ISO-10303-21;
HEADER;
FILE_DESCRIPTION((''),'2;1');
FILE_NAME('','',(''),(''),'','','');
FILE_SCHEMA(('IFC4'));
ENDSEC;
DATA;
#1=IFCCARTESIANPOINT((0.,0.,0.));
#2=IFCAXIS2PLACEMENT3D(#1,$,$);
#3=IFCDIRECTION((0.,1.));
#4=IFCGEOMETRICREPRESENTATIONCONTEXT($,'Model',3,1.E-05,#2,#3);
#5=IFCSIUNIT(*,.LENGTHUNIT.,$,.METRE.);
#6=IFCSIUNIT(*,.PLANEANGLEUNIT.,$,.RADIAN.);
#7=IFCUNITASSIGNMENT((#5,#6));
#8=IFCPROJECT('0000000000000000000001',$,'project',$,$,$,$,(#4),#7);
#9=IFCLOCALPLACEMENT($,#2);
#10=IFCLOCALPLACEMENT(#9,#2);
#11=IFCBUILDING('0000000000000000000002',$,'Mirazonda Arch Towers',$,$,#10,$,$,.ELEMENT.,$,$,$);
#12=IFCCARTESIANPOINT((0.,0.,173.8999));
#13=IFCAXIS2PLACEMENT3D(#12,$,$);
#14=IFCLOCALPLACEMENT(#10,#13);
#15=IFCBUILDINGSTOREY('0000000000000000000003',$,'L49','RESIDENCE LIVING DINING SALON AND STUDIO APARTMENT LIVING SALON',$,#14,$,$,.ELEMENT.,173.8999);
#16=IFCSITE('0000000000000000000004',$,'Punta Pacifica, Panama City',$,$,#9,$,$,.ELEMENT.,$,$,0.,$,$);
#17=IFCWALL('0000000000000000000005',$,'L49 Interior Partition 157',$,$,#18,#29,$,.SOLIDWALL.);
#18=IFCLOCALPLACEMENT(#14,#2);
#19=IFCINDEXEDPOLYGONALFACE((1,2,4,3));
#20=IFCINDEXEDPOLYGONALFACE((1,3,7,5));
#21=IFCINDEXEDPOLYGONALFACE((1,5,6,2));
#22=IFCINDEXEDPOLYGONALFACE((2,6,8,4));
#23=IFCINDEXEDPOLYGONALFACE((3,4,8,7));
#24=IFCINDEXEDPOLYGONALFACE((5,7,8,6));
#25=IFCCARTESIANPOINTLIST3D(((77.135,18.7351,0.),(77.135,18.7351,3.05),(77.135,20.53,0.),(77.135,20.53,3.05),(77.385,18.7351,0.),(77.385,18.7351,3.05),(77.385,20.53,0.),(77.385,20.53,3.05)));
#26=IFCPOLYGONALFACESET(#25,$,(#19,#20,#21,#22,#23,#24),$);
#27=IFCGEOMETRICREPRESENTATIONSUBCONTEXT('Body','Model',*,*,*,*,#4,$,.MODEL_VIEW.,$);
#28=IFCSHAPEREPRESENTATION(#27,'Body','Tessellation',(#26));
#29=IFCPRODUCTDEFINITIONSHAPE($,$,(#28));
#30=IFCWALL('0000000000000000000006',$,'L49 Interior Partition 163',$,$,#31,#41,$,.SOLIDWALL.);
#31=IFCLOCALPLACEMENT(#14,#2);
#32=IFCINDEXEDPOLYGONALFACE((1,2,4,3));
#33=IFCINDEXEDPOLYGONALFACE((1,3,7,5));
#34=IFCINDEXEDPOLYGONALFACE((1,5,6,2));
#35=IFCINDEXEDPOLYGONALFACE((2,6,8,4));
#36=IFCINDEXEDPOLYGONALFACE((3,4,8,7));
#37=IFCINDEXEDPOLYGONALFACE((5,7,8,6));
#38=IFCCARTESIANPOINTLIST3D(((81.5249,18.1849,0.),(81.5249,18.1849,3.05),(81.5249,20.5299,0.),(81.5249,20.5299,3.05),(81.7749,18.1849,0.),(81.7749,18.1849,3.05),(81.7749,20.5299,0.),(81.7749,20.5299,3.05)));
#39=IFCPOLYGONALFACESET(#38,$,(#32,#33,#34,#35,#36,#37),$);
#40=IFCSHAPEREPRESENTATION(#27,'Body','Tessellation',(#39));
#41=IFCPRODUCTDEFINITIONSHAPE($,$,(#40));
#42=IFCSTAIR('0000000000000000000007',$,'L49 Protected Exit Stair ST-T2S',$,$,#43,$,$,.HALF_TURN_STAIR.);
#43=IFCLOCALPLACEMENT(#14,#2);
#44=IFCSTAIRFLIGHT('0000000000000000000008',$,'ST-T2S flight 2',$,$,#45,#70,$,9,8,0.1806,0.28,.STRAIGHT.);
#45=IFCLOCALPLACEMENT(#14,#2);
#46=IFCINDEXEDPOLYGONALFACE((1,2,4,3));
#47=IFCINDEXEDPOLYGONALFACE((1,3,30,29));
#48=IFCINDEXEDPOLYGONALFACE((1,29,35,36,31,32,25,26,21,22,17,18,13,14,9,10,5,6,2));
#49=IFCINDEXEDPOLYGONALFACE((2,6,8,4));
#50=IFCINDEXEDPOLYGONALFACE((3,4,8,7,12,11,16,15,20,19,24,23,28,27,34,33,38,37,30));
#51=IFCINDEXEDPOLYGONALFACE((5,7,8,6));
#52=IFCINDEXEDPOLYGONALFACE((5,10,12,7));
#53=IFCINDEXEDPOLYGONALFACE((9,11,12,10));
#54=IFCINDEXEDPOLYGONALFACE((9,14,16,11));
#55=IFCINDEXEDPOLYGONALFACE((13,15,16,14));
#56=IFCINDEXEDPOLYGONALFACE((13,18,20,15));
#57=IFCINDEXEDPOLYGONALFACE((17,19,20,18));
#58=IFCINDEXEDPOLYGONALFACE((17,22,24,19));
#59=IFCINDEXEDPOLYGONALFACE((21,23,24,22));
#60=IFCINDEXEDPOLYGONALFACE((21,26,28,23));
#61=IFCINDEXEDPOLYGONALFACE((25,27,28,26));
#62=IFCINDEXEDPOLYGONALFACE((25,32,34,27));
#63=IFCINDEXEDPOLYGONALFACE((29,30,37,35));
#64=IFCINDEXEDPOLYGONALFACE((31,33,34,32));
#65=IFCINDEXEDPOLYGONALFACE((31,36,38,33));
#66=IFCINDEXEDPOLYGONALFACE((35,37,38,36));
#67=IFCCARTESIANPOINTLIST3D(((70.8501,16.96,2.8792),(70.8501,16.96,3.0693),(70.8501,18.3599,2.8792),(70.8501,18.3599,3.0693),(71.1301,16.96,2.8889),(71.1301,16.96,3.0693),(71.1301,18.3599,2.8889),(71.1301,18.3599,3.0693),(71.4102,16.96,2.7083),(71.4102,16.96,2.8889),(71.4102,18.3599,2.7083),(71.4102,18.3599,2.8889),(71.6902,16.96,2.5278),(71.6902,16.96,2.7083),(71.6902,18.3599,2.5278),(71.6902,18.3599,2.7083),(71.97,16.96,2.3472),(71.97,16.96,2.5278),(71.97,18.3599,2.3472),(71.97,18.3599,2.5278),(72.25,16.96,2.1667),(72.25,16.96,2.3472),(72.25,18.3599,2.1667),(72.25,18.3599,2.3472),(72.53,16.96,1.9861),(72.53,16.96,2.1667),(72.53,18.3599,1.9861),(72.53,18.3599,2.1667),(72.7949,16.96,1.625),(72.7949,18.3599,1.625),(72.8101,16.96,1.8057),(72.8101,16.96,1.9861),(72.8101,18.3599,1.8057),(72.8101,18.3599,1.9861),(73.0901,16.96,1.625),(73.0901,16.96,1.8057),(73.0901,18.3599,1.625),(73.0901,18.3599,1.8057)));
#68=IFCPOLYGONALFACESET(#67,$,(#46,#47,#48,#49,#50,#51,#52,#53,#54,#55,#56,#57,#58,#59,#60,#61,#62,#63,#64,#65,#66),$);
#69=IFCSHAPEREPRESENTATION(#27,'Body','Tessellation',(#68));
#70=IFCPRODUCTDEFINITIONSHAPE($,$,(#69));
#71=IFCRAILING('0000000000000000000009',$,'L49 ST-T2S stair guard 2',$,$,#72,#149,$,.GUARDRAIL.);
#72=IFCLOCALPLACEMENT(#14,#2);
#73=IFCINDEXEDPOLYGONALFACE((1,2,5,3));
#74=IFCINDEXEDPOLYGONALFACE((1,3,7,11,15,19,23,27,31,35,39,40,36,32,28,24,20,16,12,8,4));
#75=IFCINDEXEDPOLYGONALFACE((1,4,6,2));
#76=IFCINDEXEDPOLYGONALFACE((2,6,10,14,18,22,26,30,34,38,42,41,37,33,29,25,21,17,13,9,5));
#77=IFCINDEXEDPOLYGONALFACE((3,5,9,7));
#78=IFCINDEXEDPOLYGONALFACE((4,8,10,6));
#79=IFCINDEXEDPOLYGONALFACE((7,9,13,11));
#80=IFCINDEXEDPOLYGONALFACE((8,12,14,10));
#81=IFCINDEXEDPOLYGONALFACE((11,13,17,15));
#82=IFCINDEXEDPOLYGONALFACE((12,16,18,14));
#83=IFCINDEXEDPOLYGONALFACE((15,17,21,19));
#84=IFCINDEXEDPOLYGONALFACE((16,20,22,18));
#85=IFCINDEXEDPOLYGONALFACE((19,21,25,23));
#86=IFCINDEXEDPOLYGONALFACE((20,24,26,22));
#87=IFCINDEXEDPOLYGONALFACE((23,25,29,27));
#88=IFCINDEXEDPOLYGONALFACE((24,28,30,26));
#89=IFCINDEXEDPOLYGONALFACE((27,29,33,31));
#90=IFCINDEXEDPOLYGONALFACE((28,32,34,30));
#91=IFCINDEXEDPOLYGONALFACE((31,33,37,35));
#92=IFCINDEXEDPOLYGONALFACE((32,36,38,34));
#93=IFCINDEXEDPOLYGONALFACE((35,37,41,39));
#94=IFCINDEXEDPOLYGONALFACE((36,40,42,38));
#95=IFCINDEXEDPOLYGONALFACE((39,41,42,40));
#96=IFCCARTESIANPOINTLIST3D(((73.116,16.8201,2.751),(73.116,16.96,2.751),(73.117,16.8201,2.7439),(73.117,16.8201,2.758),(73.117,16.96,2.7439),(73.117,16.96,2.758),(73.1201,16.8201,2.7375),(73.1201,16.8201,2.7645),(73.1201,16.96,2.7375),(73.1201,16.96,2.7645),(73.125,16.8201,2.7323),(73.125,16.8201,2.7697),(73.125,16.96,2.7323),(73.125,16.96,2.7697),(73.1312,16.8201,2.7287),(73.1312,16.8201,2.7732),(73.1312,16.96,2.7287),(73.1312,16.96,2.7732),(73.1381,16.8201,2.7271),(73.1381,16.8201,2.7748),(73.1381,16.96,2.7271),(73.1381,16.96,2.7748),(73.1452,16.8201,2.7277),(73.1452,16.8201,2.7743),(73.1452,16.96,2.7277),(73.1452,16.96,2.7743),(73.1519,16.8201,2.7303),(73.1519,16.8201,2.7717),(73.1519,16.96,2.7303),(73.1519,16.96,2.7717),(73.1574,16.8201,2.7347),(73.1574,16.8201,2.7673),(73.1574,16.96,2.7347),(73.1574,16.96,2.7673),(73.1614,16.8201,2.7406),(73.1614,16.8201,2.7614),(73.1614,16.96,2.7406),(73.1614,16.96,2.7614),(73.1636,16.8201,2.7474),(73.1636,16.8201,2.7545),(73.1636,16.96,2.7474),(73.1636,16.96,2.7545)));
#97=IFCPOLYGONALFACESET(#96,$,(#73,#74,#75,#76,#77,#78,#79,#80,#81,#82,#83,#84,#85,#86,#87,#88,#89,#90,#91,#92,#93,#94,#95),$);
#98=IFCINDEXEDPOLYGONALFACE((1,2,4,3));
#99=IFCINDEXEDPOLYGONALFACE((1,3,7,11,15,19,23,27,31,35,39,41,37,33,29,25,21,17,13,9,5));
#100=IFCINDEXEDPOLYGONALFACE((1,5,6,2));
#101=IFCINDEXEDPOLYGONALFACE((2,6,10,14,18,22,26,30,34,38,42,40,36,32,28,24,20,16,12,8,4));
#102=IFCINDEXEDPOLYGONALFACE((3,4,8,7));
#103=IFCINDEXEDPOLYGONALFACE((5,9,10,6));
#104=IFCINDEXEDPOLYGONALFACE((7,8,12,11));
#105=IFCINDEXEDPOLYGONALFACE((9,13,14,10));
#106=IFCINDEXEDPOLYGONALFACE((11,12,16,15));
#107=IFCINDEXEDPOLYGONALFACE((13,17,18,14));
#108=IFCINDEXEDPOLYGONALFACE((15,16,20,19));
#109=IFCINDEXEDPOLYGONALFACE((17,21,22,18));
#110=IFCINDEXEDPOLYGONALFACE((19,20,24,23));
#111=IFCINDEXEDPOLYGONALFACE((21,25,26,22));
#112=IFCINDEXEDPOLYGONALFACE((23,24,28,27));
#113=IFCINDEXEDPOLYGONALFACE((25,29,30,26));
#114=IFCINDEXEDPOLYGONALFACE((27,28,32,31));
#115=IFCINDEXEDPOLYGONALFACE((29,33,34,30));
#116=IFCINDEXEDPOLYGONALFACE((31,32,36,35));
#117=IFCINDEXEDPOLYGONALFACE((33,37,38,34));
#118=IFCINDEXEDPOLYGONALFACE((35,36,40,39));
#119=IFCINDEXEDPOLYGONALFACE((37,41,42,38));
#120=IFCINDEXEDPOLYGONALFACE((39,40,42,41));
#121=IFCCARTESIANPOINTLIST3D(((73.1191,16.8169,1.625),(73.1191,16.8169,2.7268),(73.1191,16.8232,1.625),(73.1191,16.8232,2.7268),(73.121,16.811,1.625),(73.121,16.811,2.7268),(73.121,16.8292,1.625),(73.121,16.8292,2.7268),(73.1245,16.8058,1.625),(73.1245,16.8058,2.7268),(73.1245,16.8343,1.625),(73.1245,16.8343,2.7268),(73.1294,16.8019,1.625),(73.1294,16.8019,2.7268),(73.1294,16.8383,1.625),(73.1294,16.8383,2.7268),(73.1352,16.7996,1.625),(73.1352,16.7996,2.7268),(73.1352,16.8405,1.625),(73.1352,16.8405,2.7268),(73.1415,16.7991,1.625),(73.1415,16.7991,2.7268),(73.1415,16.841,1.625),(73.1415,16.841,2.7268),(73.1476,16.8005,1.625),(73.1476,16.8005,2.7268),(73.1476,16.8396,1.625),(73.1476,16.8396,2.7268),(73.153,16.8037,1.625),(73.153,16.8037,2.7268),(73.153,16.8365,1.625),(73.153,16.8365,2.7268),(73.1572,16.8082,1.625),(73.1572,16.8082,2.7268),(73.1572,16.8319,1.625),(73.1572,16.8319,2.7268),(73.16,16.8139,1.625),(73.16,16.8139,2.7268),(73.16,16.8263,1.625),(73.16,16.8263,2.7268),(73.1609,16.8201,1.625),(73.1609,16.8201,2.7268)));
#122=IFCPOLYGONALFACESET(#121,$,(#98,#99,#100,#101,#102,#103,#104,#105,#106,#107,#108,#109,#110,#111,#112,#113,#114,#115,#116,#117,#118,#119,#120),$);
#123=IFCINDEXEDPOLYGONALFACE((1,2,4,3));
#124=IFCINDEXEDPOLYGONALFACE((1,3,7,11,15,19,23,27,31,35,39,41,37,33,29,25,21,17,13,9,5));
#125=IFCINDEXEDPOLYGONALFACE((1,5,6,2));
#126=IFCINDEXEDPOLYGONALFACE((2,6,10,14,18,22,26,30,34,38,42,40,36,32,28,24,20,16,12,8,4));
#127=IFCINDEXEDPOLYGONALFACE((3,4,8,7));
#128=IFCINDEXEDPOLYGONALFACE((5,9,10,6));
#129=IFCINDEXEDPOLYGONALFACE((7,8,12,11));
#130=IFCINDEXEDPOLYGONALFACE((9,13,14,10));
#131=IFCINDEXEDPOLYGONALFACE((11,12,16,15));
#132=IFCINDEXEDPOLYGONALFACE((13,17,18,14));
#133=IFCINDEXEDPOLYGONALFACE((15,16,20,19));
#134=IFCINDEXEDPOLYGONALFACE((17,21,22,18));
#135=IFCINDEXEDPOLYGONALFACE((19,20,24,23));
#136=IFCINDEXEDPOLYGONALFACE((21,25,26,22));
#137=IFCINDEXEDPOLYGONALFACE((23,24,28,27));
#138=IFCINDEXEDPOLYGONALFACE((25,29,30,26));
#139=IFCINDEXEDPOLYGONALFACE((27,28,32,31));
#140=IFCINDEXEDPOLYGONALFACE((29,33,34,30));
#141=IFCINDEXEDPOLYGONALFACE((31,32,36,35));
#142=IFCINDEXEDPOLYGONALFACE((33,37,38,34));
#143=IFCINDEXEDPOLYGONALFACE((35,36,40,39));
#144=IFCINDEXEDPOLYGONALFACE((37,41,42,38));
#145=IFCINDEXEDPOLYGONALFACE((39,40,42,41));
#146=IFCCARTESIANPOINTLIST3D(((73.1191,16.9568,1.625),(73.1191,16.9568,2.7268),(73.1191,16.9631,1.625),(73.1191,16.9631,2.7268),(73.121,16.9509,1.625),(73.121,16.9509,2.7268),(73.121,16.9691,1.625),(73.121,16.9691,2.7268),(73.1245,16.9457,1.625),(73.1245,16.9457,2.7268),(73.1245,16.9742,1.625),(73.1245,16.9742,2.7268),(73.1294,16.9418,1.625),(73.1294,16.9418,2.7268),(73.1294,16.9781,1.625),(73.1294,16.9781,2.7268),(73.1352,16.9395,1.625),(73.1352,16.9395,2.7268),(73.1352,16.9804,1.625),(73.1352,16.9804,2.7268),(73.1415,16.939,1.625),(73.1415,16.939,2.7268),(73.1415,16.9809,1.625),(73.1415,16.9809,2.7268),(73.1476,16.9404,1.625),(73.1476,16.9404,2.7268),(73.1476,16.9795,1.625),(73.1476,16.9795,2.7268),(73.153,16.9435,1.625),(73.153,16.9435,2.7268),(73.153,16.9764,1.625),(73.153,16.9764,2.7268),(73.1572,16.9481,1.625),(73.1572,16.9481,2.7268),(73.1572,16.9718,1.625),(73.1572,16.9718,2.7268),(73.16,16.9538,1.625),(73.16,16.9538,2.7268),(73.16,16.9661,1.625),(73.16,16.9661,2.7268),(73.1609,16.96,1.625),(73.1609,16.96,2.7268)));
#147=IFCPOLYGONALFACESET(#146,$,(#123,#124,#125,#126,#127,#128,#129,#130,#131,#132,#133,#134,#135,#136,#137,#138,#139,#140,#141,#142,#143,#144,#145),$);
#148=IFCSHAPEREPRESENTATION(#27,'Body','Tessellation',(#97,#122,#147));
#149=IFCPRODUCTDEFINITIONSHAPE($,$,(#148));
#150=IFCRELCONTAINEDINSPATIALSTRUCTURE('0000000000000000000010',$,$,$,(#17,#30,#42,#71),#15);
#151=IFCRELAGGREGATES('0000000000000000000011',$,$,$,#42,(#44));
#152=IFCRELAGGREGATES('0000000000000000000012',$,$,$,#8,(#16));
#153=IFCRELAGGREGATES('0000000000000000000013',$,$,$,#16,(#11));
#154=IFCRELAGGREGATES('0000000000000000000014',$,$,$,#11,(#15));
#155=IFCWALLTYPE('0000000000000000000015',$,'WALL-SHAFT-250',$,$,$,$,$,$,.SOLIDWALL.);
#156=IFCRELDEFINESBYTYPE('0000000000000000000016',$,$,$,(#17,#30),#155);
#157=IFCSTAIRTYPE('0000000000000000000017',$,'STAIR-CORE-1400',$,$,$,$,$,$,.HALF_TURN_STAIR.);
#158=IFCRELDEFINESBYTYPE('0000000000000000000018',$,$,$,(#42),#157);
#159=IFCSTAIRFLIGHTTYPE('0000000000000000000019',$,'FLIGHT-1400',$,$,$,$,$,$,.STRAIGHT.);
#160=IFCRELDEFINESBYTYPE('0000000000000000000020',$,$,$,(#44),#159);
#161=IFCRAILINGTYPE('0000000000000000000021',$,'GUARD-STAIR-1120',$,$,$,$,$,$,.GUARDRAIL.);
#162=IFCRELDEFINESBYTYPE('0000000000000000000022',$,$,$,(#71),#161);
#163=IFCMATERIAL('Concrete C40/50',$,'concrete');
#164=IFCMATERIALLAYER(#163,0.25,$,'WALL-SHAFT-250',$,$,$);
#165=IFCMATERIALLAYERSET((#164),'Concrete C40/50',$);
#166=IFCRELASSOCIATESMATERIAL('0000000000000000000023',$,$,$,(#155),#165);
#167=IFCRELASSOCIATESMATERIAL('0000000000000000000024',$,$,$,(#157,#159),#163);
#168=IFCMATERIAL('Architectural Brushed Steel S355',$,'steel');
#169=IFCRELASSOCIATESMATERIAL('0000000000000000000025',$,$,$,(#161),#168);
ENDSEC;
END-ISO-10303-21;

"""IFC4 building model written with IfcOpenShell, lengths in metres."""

from ifc_helpers import new_model, si_unit, direction, frame, frame_2d, origin, origin_2d, place, context, subcontext, project, spatial, polyline, rectangle, circle, outline, extrude, material, layer, layer_set, type_object, element, aggregate, save


model = new_model("IFC4")

# Units and contexts
model_context = context("Model", 3, precision=1e-05, world=origin(), true_north=direction((0.0, 1.0)))
body_context = subcontext(model_context, "Body", "Model", "MODEL_VIEW")
ifc_project = project(units=[si_unit("LENGTHUNIT", "METRE"), si_unit("PLANEANGLEUNIT", "RADIAN")], contexts=[model_context])

# Site, building, storey
site_placement = place(None, origin())
site = spatial("IfcSite", under=ifc_project, at=site_placement, Name="Punta Pacifica, Panama City", CompositionType="ELEMENT", RefElevation=0.0)
building_placement = place(site_placement, origin())
building = spatial("IfcBuilding", under=site, at=building_placement, Name="Mirazonda Arch Towers", CompositionType="ELEMENT")
storey_placement = place(building_placement, frame((0.0, 0.0, 173.8999)))
storey = spatial("IfcBuildingStorey", under=building, at=storey_placement, Name="L49", Description="RESIDENCE LIVING DINING SALON AND STUDIO APARTMENT LIVING SALON", CompositionType="ELEMENT", Elevation=173.8999)

# Shared definitions
ifc_material_1 = material(Name="Architectural Brushed Steel S355", Category="steel")

# Walls
ifc_material_2 = material(Name="Concrete C40/50", Category="concrete")
ifc_layer_1 = layer(ifc_material_2, 0.25, Name="WALL-SHAFT-250")
ifc_layer_set_1 = layer_set([ifc_layer_1], Name="Concrete C40/50")
wall_type_1 = type_object("IfcWallType", Name="WALL-SHAFT-250", PredefinedType="SOLIDWALL", material=ifc_layer_set_1)
wall_1_placement = place(storey_placement, frame((77.26, 18.7351, 0.0), z_axis=(0.0, 0.0, 1.0), x_axis=(0.0, 1.0, 0.0)))
element("IfcWall", 1, at=wall_1_placement, inside=storey, type_object=wall_type_1, Name="L49 Interior Partition 157", PredefinedType="SOLIDWALL", context=body_context, shape_type="SweptSolid", body=[
    extrude(rectangle(XDim=1.7949, YDim=0.25, at=frame_2d((0.8975, 0.0))), origin(), (0.0, 0.0, 1.0), 3.05),
])
wall_2_placement = place(storey_placement, frame((81.6499, 18.1851, 0.0), z_axis=(0.0, 0.0, 1.0), x_axis=(0.0, 1.0, 0.0)))
element("IfcWall", 2, at=wall_2_placement, inside=storey, type_object=wall_type_1, Name="L49 Interior Partition 163", PredefinedType="SOLIDWALL", context=body_context, shape_type="SweptSolid", body=[
    extrude(rectangle(XDim=2.345, YDim=0.25, at=frame_2d((1.1724, 0.0))), origin(), (0.0, 0.0, 1.0), 3.05),
])

# Stair, stair flight
stair_type = type_object("IfcStairType", Name="STAIR-CORE-1400", PredefinedType="HALF_TURN_STAIR", material=ifc_material_2)
stair_placement = place(storey_placement, origin())
stair = element("IfcStair", 3, at=stair_placement, inside=storey, type_object=stair_type, Name="L49 Protected Exit Stair ST-T2S", PredefinedType="HALF_TURN_STAIR")
stair_flight_type = type_object("IfcStairFlightType", Name="FLIGHT-1400", PredefinedType="STRAIGHT", material=ifc_material_2)
stair_flight_placement = place(storey_placement, frame((73.0901, 17.6599, 1.625), z_axis=(0.0, 0.0, 1.0), x_axis=(-1.0, 0.0, 0.0)))
stair_flight = element("IfcStairFlight", 4, at=stair_flight_placement, type_object=stair_flight_type, Name="ST-T2S flight 2", NumberOfRisers=9, NumberOfTreads=8, PredefinedType="STRAIGHT", RiserHeight=0.1806, TreadLength=0.28, context=body_context, shape_type="SweptSolid", body=[
    extrude(outline(polyline([(0.0, 0.0), (0.0, 0.1807), (0.28, 0.1807), (0.28, 0.3611), (0.5601, 0.3611), (0.5601, 0.5417), (0.8401, 0.5417), (0.8401, 0.7222), (1.1201, 0.7222), (1.1201, 0.9028), (1.3999, 0.9028), (1.3999, 1.0833), (1.6799, 1.0833), (1.6799, 1.2639), (1.96, 1.2639), (1.96, 1.4443), (2.24, 1.4443), (2.24, 1.625), (2.24, 1.2542), (0.2952, 0.0), (0.0, 0.0)])), frame((0.0, 0.7, 0.0), z_axis=(0.0, -1.0, 0.0), x_axis=(1.0, 0.0, 0.0)), (0.0, 0.0, 1.0), 1.3999),
])
aggregate(stair, [stair_flight])

# Railing
railing_type_1 = type_object("IfcRailingType", Name="GUARD-STAIR-1120", PredefinedType="GUARDRAIL", material=ifc_material_1)
railing_1_placement = place(storey_placement, frame((73.1399, 16.8201, 1.625)))
element("IfcRailing", 5, at=railing_1_placement, inside=storey, type_object=railing_type_1, Name="L49 ST-T2S stair guard 2", PredefinedType="GUARDRAIL", context=body_context, shape_type="SweptSolid", body=[
    extrude(circle(Radius=0.0239, at=origin_2d()), frame((0.0, 0.0, 1.126), z_axis=(0.0, 1.0, 0.0), x_axis=(-1.0, 0.0, 0.0)), (0.0, 0.0, 1.0), 0.1399),
    extrude(circle(Radius=0.021, at=origin_2d()), origin(), (0.0, 0.0, 1.0), 1.1018),
    extrude(circle(Radius=0.021, at=origin_2d()), frame((0.0, 0.1399, 0.0)), (0.0, 0.0, 1.0), 1.1018),
])

save(model, "model.ifc")
